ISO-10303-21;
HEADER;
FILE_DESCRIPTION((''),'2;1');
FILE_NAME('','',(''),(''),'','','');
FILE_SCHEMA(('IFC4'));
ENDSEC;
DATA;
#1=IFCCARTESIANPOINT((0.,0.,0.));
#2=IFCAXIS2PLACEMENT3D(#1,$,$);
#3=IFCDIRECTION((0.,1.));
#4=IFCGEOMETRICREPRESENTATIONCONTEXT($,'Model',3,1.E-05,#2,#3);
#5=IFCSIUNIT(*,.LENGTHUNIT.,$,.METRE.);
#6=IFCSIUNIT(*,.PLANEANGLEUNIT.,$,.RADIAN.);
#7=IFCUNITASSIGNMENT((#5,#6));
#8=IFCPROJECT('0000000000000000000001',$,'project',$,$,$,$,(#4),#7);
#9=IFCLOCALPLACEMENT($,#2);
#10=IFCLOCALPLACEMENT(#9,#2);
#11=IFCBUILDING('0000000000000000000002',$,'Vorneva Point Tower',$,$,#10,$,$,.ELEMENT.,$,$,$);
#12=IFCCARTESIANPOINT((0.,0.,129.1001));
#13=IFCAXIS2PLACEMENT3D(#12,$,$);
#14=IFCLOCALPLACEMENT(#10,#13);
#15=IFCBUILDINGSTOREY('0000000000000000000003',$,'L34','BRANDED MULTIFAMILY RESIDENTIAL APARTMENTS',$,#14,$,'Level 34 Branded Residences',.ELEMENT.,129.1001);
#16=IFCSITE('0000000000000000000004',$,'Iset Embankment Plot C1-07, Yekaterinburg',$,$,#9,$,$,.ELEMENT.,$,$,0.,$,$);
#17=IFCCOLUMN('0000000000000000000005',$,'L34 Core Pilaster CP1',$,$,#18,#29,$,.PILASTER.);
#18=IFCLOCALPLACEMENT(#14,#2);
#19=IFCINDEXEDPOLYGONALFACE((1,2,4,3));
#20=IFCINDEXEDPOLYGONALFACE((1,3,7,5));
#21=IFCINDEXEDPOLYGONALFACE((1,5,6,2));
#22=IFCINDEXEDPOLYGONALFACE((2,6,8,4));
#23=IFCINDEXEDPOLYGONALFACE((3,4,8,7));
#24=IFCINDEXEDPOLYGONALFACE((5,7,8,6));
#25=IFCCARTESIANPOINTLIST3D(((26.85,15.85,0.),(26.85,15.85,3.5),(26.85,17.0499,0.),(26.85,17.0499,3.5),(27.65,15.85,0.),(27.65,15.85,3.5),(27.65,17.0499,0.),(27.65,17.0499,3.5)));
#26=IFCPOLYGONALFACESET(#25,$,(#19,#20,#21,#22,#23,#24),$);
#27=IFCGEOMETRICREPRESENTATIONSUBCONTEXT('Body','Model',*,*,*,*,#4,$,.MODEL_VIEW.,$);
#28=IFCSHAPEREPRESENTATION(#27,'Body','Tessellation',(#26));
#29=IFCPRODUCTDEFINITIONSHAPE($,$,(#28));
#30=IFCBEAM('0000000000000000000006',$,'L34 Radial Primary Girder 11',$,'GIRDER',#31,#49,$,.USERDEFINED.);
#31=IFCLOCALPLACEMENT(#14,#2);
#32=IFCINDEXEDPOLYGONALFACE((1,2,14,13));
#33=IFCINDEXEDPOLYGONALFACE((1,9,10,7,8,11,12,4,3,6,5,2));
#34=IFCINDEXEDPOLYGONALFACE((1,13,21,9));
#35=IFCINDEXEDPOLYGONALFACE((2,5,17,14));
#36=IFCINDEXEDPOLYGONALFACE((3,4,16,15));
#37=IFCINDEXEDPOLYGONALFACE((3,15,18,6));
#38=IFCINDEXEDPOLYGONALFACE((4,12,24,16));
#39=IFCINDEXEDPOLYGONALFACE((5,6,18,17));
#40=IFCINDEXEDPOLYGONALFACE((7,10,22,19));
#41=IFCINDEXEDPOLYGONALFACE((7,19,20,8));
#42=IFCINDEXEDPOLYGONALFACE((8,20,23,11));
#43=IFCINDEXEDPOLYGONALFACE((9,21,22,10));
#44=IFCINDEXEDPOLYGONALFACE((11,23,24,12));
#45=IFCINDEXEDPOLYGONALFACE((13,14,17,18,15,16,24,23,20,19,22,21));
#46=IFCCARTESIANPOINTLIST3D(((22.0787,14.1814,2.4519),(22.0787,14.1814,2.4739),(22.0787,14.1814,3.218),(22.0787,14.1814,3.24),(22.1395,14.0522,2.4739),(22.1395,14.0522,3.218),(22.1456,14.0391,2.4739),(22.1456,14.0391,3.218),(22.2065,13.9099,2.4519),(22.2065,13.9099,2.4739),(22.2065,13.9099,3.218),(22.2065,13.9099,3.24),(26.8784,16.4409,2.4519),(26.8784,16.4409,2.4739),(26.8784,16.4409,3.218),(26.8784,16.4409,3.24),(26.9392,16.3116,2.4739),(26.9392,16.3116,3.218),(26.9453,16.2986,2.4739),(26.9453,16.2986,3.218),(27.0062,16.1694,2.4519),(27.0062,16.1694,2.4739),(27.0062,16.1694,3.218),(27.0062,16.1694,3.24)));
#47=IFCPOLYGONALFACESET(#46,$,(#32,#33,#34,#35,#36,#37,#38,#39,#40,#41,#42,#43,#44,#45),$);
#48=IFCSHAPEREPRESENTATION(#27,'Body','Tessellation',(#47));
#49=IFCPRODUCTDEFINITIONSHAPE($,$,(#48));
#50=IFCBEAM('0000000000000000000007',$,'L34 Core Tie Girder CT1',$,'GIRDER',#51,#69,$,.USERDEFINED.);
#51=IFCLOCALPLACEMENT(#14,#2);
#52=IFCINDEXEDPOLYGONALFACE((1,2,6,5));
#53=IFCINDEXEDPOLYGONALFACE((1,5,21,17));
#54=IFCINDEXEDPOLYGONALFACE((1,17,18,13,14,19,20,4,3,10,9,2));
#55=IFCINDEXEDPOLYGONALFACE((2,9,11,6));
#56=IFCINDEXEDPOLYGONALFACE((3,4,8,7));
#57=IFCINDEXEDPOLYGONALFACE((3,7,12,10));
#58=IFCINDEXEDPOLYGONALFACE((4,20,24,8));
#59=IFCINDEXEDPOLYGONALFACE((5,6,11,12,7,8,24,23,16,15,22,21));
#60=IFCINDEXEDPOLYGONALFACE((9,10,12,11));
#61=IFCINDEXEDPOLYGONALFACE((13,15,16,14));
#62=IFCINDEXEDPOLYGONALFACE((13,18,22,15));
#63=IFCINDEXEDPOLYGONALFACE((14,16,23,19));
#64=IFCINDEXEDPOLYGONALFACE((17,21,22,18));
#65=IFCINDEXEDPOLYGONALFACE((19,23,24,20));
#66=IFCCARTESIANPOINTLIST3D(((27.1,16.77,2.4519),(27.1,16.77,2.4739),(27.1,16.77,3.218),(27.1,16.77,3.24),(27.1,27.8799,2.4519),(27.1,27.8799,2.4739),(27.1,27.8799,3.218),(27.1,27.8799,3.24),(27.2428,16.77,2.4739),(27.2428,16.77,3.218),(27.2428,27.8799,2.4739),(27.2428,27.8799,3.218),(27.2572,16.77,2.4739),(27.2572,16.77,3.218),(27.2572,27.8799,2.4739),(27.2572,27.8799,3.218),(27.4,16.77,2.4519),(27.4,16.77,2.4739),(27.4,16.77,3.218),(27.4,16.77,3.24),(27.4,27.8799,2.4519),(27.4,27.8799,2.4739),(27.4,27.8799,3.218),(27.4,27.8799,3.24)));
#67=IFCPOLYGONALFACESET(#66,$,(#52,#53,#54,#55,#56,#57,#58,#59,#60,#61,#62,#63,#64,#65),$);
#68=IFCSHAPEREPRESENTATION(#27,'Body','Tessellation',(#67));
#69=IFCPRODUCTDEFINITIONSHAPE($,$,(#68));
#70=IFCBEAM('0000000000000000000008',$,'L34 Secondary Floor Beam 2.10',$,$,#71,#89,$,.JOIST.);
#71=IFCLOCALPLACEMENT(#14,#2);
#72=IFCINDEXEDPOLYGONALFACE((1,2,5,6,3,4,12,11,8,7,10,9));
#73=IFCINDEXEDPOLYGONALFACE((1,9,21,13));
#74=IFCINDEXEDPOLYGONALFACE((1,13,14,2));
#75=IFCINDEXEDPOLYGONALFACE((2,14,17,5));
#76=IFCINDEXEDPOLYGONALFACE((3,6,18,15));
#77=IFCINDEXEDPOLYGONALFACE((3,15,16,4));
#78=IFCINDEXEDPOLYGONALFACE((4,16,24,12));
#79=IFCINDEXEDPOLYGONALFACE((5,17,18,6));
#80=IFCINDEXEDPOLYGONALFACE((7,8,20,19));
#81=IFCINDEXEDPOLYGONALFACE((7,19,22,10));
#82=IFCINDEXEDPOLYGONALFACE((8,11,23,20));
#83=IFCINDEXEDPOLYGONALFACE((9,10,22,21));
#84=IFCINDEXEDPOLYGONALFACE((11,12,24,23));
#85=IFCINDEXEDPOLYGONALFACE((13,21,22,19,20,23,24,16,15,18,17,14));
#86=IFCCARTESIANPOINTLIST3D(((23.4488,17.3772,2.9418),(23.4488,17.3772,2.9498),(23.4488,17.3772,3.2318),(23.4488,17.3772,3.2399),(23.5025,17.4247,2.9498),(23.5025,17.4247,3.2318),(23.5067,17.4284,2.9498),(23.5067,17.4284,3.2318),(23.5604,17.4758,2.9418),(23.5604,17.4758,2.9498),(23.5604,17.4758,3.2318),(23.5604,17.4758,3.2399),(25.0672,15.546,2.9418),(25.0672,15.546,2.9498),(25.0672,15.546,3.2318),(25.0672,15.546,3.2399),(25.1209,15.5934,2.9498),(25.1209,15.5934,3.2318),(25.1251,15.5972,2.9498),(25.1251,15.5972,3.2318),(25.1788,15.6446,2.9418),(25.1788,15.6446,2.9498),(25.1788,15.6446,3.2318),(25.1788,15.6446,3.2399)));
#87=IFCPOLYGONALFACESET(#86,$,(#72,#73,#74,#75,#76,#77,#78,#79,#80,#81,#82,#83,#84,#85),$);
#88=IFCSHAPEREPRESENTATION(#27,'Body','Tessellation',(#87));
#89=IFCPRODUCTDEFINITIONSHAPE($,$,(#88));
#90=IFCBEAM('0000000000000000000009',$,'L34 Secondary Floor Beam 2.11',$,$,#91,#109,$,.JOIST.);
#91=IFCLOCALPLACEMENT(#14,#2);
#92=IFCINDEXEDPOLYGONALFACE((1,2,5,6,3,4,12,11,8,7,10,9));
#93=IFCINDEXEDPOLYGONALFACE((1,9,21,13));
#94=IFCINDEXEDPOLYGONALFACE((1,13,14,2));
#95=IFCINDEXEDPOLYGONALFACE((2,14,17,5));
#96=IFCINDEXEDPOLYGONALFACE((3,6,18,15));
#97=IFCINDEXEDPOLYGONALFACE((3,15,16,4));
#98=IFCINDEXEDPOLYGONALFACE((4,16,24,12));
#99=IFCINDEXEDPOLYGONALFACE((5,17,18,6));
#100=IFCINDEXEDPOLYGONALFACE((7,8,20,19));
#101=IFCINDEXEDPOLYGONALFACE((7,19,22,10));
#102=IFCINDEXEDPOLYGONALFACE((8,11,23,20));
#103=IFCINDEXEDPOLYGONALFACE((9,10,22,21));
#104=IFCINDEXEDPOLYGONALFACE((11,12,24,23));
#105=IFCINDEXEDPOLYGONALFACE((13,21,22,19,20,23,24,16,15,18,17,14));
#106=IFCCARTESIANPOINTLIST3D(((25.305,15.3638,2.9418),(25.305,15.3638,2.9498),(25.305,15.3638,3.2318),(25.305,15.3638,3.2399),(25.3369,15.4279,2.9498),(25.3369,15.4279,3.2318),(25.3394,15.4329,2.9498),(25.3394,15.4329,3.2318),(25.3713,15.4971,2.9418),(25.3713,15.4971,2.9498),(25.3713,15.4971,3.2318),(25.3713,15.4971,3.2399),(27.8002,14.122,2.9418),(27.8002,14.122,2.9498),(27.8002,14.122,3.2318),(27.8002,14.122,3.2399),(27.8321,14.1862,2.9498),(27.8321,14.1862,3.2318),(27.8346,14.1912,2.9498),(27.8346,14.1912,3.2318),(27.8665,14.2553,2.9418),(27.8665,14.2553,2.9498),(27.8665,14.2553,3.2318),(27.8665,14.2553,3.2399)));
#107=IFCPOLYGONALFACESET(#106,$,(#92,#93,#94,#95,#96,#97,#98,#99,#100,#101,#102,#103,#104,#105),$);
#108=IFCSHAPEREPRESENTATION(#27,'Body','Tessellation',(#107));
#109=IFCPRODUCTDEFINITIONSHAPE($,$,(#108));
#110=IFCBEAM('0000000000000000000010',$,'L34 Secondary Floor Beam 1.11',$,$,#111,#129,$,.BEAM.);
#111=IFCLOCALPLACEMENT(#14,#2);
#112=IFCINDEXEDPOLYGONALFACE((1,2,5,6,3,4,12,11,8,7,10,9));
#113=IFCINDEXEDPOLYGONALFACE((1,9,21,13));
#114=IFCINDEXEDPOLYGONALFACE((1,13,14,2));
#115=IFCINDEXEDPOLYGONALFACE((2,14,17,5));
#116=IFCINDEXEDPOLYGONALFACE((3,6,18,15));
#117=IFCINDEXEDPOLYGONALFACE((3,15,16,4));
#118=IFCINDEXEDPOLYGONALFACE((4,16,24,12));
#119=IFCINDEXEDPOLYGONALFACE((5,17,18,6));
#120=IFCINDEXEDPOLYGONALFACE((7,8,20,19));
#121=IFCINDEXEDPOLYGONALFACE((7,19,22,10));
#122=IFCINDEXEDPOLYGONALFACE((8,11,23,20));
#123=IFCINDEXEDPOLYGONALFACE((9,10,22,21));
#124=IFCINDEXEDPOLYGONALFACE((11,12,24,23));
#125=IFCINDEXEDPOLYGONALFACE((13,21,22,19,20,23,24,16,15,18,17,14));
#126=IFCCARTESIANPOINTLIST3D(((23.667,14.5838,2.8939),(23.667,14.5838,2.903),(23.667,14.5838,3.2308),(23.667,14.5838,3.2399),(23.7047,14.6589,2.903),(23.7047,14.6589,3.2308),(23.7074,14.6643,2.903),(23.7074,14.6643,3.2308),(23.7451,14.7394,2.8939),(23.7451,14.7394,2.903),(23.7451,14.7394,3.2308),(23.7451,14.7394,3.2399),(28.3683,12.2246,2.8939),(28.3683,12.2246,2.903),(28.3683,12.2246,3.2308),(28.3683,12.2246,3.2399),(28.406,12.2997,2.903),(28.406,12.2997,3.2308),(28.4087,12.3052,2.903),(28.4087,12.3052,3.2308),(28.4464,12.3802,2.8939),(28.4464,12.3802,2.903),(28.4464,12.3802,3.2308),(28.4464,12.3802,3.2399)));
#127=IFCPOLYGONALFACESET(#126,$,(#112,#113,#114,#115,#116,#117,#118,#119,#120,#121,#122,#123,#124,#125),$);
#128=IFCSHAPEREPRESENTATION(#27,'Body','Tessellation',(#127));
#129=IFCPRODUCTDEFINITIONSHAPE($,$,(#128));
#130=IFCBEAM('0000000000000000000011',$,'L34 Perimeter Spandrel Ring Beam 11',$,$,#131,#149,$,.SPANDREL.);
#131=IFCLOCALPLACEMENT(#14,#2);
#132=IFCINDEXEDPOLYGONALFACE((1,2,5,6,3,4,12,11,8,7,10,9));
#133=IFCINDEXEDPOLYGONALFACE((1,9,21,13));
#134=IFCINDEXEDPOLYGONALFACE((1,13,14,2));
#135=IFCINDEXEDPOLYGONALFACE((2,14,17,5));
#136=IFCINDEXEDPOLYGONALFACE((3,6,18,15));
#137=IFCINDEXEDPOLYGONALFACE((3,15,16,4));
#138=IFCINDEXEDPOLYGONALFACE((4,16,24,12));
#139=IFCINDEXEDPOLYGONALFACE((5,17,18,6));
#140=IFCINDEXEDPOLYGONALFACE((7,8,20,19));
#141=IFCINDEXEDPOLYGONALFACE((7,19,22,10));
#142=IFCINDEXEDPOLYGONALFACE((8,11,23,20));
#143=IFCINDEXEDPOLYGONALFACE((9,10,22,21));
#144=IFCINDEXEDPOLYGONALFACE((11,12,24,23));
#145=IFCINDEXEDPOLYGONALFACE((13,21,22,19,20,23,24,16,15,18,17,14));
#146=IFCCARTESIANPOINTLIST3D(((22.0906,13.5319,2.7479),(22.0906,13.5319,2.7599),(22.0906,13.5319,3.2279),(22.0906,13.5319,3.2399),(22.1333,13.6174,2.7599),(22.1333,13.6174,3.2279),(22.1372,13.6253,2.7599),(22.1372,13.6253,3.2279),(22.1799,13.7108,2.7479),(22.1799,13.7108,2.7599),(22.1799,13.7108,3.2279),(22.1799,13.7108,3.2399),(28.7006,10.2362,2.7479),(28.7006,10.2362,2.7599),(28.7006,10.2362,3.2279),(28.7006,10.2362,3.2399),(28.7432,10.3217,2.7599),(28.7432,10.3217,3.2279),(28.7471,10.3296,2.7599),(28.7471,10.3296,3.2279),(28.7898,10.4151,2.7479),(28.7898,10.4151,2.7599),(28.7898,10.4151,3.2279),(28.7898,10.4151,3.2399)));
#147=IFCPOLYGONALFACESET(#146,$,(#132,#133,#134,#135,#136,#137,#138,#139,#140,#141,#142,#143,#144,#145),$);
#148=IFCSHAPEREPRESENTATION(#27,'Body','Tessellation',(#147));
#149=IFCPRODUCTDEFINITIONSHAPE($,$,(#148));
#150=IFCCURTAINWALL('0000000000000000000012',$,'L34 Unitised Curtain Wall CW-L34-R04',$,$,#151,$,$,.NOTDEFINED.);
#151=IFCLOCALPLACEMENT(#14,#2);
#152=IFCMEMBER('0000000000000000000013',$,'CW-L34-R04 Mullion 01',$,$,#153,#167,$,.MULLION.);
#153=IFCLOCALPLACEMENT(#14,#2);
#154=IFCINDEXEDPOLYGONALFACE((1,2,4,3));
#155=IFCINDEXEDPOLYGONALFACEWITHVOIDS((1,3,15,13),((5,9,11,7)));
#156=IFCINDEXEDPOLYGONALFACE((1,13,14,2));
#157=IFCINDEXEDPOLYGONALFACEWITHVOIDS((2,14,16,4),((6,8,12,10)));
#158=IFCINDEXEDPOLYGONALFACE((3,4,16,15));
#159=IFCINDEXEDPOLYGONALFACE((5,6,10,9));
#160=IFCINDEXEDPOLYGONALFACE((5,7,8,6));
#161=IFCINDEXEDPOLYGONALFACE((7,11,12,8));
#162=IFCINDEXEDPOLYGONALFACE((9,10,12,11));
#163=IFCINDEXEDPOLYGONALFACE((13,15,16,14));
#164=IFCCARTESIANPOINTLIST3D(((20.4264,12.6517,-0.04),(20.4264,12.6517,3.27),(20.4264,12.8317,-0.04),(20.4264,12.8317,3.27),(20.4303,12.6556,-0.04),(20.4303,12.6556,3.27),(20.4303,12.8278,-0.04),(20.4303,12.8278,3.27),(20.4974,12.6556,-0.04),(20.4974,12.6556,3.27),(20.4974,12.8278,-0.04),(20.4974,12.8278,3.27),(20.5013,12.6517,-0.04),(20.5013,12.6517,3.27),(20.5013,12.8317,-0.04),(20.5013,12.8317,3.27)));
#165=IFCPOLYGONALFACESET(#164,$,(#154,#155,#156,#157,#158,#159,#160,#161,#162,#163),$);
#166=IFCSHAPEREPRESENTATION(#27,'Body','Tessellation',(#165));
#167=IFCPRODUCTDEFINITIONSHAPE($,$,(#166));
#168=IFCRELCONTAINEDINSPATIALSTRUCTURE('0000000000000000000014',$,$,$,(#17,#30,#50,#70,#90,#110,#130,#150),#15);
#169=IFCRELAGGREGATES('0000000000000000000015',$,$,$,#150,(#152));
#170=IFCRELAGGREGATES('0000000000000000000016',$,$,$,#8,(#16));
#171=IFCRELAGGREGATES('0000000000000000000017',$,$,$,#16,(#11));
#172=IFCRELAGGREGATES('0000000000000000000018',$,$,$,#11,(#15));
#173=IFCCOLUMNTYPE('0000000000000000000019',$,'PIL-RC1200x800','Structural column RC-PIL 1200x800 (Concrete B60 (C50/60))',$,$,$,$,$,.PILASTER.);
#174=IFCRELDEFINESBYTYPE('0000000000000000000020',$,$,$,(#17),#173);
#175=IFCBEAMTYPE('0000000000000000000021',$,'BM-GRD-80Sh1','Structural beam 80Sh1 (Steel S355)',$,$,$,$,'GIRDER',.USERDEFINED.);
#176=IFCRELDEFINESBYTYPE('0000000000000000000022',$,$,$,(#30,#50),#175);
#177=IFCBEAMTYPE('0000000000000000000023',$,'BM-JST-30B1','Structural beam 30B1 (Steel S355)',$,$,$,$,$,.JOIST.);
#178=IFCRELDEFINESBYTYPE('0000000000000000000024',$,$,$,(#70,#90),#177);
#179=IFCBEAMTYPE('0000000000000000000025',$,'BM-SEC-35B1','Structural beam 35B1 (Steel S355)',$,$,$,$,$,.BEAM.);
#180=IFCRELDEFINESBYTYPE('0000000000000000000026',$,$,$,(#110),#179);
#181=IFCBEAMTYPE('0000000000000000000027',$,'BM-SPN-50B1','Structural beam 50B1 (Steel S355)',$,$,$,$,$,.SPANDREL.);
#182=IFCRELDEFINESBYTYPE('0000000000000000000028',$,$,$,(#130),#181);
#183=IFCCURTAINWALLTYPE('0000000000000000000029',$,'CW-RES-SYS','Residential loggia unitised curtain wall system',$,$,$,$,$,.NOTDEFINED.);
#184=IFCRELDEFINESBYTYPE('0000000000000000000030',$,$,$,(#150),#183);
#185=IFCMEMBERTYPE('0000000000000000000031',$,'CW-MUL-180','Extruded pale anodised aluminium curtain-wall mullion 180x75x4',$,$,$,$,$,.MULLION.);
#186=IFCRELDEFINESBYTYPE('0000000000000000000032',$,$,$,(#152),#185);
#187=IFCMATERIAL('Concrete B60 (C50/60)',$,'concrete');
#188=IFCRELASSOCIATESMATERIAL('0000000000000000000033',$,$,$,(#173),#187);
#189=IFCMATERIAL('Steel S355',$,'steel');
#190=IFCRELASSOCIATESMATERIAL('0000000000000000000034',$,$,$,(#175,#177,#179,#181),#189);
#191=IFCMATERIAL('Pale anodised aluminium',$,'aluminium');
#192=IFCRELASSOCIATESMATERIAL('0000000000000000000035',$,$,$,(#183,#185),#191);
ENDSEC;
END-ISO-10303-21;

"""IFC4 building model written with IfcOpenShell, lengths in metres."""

from ifc_helpers import new_model, si_unit, direction, frame, origin, origin_2d, place, context, subcontext, project, spatial, rectangle, hollow_rectangle, i_section, extrude, material, material_profile, profile_set, type_object, element, aggregate, save


model = new_model("IFC4")

# Units and contexts
model_context = context("Model", 3, precision=1e-05, world=origin(), true_north=direction((0.0, 1.0)))
body_context = subcontext(model_context, "Body", "Model", "MODEL_VIEW")
ifc_project = project(units=[si_unit("LENGTHUNIT", "METRE"), si_unit("PLANEANGLEUNIT", "RADIAN")], contexts=[model_context])

# Site, building, storey
site_placement = place(None, origin())
site = spatial("IfcSite", under=ifc_project, at=site_placement, Name="Iset Embankment Plot C1-07, Yekaterinburg", CompositionType="ELEMENT", RefElevation=0.0)
building_placement = place(site_placement, origin())
building = spatial("IfcBuilding", under=site, at=building_placement, Name="Vorneva Point Tower", CompositionType="ELEMENT")
storey_placement = place(building_placement, frame((0.0, 0.0, 129.1001)))
storey = spatial("IfcBuildingStorey", under=building, at=storey_placement, Name="L34", Description="BRANDED MULTIFAMILY RESIDENTIAL APARTMENTS", LongName="Level 34 Branded Residences", CompositionType="ELEMENT", Elevation=129.1001)

# Column
ifc_material_1 = material(Name="Concrete B60 (C50/60)", Category="concrete")
ifc_material_profile_1 = material_profile(ifc_material_1, rectangle(XDim=0.8, YDim=1.2, at=origin_2d()), Name="RC-PIL 1200x800")
ifc_profile_set_1 = profile_set([ifc_material_profile_1], Name="Concrete B60 (C50/60)")
column_type_1 = type_object("IfcColumnType", Name="PIL-RC1200x800", Description="Structural column RC-PIL 1200x800 (Concrete B60 (C50/60))", PredefinedType="PILASTER", material=ifc_profile_set_1)
column_1_placement = place(storey_placement, frame((27.25, 16.45, 0.0), z_axis=(0.0, 0.0, 1.0), x_axis=(1.0, 0.0, 0.0)))
element("IfcColumn", 1, at=column_1_placement, inside=storey, type_object=column_type_1, Name="L34 Core Pilaster CP1", PredefinedType="PILASTER", context=body_context, shape_type="SweptSolid", body=[
    extrude(rectangle(XDim=0.8, YDim=1.2, at=origin_2d()), origin(), (0.0, 0.0, 1.0), 3.5),
])

# Beams
ifc_material_2 = material(Name="Steel S355", Category="steel")
ifc_material_profile_2 = material_profile(ifc_material_2, i_section(OverallWidth=0.3, OverallDepth=0.7881, WebThickness=0.0144, FlangeThickness=0.022, at=origin_2d()), Name="80Sh1")
ifc_profile_set_2 = profile_set([ifc_material_profile_2], Name="Steel S355")
beam_type_1 = type_object("IfcBeamType", Name="BM-GRD-80Sh1", Description="Structural beam 80Sh1 (Steel S355)", ElementType="GIRDER", PredefinedType="USERDEFINED", material=ifc_profile_set_2)
beam_1_placement = place(storey_placement, frame((22.1426, 14.0457, 2.8459), z_axis=(0.904761, 0.425919, 0.0), x_axis=(-0.425919, 0.904761, 0.0)))
element("IfcBeam", 2, at=beam_1_placement, inside=storey, type_object=beam_type_1, Name="L34 Radial Primary Girder 11", ObjectType="GIRDER", PredefinedType="USERDEFINED", context=body_context, shape_type="SweptSolid", body=[
    extrude(i_section(OverallWidth=0.3, OverallDepth=0.7881, WebThickness=0.0144, FlangeThickness=0.022, at=origin_2d()), origin(), (0.0, 0.0, 1.0), 5.3049),
])
beam_2_placement = place(storey_placement, frame((27.25, 16.77, 2.8459), z_axis=(0.0, 1.0, 0.0), x_axis=(-1.0, 0.0, 0.0)))
element("IfcBeam", 3, at=beam_2_placement, inside=storey, type_object=beam_type_1, Name="L34 Core Tie Girder CT1", ObjectType="GIRDER", PredefinedType="USERDEFINED", context=body_context, shape_type="SweptSolid", body=[
    extrude(i_section(OverallWidth=0.3, OverallDepth=0.7881, WebThickness=0.0144, FlangeThickness=0.022, at=origin_2d()), origin(), (0.0, 0.0, 1.0), 11.1099),
])
ifc_material_profile_3 = material_profile(ifc_material_2, i_section(OverallWidth=0.1489, OverallDepth=0.2981, WebThickness=0.0056, FlangeThickness=0.0081, at=origin_2d()), Name="30B1")
ifc_profile_set_3 = profile_set([ifc_material_profile_3], Name="Steel S355")
beam_type_2 = type_object("IfcBeamType", Name="BM-JST-30B1", Description="Structural beam 30B1 (Steel S355)", PredefinedType="JOIST", material=ifc_profile_set_3)
beam_3_placement = place(storey_placement, frame((23.5046, 17.4265, 3.0908), z_axis=(0.66221, -0.749319, 0.0), x_axis=(0.749319, 0.66221, 0.0)))
element("IfcBeam", 4, at=beam_3_placement, inside=storey, type_object=beam_type_2, Name="L34 Secondary Floor Beam 2.10", PredefinedType="JOIST", context=body_context, shape_type="SweptSolid", body=[
    extrude(i_section(OverallWidth=0.1489, OverallDepth=0.2981, WebThickness=0.0056, FlangeThickness=0.0081, at=origin_2d()), origin(), (0.0, 0.0, 1.0), 2.4438),
])
beam_4_placement = place(storey_placement, frame((25.3381, 15.4304, 3.0908), z_axis=(0.895267, -0.445531, 0.0), x_axis=(0.445531, 0.895267, 0.0)))
element("IfcBeam", 5, at=beam_4_placement, inside=storey, type_object=beam_type_2, Name="L34 Secondary Floor Beam 2.11", PredefinedType="JOIST", context=body_context, shape_type="SweptSolid", body=[
    extrude(i_section(OverallWidth=0.1489, OverallDepth=0.2981, WebThickness=0.0056, FlangeThickness=0.0081, at=origin_2d()), origin(), (0.0, 0.0, 1.0), 2.7871),
])
ifc_material_profile_4 = material_profile(ifc_material_2, i_section(OverallWidth=0.1741, OverallDepth=0.3459, WebThickness=0.0061, FlangeThickness=0.009, at=origin_2d()), Name="35B1")
ifc_profile_set_4 = profile_set([ifc_material_profile_4], Name="Steel S355")
beam_type_3 = type_object("IfcBeamType", Name="BM-SEC-35B1", Description="Structural beam 35B1 (Steel S355)", PredefinedType="BEAM", material=ifc_profile_set_4)
beam_5_placement = place(storey_placement, frame((23.7061, 14.6616, 3.0669), z_axis=(0.893776, -0.448513, 0.0), x_axis=(0.448513, 0.893776, 0.0)))
element("IfcBeam", 6, at=beam_5_placement, inside=storey, type_object=beam_type_3, Name="L34 Secondary Floor Beam 1.11", PredefinedType="BEAM", context=body_context, shape_type="SweptSolid", body=[
    extrude(i_section(OverallWidth=0.1741, OverallDepth=0.3459, WebThickness=0.0061, FlangeThickness=0.009, at=origin_2d()), origin(), (0.0, 0.0, 1.0), 5.26),
])
ifc_material_profile_5 = material_profile(ifc_material_2, i_section(OverallWidth=0.2, OverallDepth=0.4919, WebThickness=0.0088, FlangeThickness=0.012, at=origin_2d()), Name="50B1")
ifc_profile_set_5 = profile_set([ifc_material_profile_5], Name="Steel S355")
beam_type_4 = type_object("IfcBeamType", Name="BM-SPN-50B1", Description="Structural beam 50B1 (Steel S355)", PredefinedType="SPANDREL", material=ifc_profile_set_5)
beam_6_placement = place(storey_placement, frame((22.1353, 13.6213, 2.9939), z_axis=(0.894929, -0.446208, 0.0), x_axis=(0.446208, 0.894929, 0.0)))
element("IfcBeam", 7, at=beam_6_placement, inside=storey, type_object=beam_type_4, Name="L34 Perimeter Spandrel Ring Beam 11", PredefinedType="SPANDREL", context=body_context, shape_type="SweptSolid", body=[
    extrude(i_section(OverallWidth=0.2, OverallDepth=0.4919, WebThickness=0.0088, FlangeThickness=0.012, at=origin_2d()), origin(), (0.0, 0.0, 1.0), 7.386),
])

# Curtain wall, member
ifc_material_3 = material(Name="Pale anodised aluminium", Category="aluminium")
curtain_wall_type = type_object("IfcCurtainWallType", Name="CW-RES-SYS", Description="Residential loggia unitised curtain wall system", PredefinedType="NOTDEFINED", material=ifc_material_3)
curtain_wall_placement = place(storey_placement, origin())
curtain_wall = element("IfcCurtainWall", 8, at=curtain_wall_placement, inside=storey, type_object=curtain_wall_type, Name="L34 Unitised Curtain Wall CW-L34-R04", PredefinedType="NOTDEFINED")
ifc_material_profile_6 = material_profile(ifc_material_3, hollow_rectangle(XDim=0.075, YDim=0.1799, WallThickness=0.0039, at=origin_2d()), Name="AL-MUL 180x75x4")
ifc_profile_set_6 = profile_set([ifc_material_profile_6], Name="Pale anodised aluminium")
member_type_1 = type_object("IfcMemberType", Name="CW-MUL-180", Description="Extruded pale anodised aluminium curtain-wall mullion 180x75x4", PredefinedType="MULLION", material=ifc_profile_set_6)
member_1_placement = place(storey_placement, frame((20.4639, 12.7417, -0.04), z_axis=(0.0, 0.0, 1.0), x_axis=(1.0, 0.0, 0.0)))
member_1 = element("IfcMember", 9, at=member_1_placement, type_object=member_type_1, Name="CW-L34-R04 Mullion 01", PredefinedType="MULLION", context=body_context, shape_type="SweptSolid", body=[
    extrude(hollow_rectangle(XDim=0.075, YDim=0.1799, WallThickness=0.0039, at=origin_2d()), origin(), (0.0, 0.0, 1.0), 3.3101),
])
aggregate(curtain_wall, [member_1])

save(model, "model.ifc")
